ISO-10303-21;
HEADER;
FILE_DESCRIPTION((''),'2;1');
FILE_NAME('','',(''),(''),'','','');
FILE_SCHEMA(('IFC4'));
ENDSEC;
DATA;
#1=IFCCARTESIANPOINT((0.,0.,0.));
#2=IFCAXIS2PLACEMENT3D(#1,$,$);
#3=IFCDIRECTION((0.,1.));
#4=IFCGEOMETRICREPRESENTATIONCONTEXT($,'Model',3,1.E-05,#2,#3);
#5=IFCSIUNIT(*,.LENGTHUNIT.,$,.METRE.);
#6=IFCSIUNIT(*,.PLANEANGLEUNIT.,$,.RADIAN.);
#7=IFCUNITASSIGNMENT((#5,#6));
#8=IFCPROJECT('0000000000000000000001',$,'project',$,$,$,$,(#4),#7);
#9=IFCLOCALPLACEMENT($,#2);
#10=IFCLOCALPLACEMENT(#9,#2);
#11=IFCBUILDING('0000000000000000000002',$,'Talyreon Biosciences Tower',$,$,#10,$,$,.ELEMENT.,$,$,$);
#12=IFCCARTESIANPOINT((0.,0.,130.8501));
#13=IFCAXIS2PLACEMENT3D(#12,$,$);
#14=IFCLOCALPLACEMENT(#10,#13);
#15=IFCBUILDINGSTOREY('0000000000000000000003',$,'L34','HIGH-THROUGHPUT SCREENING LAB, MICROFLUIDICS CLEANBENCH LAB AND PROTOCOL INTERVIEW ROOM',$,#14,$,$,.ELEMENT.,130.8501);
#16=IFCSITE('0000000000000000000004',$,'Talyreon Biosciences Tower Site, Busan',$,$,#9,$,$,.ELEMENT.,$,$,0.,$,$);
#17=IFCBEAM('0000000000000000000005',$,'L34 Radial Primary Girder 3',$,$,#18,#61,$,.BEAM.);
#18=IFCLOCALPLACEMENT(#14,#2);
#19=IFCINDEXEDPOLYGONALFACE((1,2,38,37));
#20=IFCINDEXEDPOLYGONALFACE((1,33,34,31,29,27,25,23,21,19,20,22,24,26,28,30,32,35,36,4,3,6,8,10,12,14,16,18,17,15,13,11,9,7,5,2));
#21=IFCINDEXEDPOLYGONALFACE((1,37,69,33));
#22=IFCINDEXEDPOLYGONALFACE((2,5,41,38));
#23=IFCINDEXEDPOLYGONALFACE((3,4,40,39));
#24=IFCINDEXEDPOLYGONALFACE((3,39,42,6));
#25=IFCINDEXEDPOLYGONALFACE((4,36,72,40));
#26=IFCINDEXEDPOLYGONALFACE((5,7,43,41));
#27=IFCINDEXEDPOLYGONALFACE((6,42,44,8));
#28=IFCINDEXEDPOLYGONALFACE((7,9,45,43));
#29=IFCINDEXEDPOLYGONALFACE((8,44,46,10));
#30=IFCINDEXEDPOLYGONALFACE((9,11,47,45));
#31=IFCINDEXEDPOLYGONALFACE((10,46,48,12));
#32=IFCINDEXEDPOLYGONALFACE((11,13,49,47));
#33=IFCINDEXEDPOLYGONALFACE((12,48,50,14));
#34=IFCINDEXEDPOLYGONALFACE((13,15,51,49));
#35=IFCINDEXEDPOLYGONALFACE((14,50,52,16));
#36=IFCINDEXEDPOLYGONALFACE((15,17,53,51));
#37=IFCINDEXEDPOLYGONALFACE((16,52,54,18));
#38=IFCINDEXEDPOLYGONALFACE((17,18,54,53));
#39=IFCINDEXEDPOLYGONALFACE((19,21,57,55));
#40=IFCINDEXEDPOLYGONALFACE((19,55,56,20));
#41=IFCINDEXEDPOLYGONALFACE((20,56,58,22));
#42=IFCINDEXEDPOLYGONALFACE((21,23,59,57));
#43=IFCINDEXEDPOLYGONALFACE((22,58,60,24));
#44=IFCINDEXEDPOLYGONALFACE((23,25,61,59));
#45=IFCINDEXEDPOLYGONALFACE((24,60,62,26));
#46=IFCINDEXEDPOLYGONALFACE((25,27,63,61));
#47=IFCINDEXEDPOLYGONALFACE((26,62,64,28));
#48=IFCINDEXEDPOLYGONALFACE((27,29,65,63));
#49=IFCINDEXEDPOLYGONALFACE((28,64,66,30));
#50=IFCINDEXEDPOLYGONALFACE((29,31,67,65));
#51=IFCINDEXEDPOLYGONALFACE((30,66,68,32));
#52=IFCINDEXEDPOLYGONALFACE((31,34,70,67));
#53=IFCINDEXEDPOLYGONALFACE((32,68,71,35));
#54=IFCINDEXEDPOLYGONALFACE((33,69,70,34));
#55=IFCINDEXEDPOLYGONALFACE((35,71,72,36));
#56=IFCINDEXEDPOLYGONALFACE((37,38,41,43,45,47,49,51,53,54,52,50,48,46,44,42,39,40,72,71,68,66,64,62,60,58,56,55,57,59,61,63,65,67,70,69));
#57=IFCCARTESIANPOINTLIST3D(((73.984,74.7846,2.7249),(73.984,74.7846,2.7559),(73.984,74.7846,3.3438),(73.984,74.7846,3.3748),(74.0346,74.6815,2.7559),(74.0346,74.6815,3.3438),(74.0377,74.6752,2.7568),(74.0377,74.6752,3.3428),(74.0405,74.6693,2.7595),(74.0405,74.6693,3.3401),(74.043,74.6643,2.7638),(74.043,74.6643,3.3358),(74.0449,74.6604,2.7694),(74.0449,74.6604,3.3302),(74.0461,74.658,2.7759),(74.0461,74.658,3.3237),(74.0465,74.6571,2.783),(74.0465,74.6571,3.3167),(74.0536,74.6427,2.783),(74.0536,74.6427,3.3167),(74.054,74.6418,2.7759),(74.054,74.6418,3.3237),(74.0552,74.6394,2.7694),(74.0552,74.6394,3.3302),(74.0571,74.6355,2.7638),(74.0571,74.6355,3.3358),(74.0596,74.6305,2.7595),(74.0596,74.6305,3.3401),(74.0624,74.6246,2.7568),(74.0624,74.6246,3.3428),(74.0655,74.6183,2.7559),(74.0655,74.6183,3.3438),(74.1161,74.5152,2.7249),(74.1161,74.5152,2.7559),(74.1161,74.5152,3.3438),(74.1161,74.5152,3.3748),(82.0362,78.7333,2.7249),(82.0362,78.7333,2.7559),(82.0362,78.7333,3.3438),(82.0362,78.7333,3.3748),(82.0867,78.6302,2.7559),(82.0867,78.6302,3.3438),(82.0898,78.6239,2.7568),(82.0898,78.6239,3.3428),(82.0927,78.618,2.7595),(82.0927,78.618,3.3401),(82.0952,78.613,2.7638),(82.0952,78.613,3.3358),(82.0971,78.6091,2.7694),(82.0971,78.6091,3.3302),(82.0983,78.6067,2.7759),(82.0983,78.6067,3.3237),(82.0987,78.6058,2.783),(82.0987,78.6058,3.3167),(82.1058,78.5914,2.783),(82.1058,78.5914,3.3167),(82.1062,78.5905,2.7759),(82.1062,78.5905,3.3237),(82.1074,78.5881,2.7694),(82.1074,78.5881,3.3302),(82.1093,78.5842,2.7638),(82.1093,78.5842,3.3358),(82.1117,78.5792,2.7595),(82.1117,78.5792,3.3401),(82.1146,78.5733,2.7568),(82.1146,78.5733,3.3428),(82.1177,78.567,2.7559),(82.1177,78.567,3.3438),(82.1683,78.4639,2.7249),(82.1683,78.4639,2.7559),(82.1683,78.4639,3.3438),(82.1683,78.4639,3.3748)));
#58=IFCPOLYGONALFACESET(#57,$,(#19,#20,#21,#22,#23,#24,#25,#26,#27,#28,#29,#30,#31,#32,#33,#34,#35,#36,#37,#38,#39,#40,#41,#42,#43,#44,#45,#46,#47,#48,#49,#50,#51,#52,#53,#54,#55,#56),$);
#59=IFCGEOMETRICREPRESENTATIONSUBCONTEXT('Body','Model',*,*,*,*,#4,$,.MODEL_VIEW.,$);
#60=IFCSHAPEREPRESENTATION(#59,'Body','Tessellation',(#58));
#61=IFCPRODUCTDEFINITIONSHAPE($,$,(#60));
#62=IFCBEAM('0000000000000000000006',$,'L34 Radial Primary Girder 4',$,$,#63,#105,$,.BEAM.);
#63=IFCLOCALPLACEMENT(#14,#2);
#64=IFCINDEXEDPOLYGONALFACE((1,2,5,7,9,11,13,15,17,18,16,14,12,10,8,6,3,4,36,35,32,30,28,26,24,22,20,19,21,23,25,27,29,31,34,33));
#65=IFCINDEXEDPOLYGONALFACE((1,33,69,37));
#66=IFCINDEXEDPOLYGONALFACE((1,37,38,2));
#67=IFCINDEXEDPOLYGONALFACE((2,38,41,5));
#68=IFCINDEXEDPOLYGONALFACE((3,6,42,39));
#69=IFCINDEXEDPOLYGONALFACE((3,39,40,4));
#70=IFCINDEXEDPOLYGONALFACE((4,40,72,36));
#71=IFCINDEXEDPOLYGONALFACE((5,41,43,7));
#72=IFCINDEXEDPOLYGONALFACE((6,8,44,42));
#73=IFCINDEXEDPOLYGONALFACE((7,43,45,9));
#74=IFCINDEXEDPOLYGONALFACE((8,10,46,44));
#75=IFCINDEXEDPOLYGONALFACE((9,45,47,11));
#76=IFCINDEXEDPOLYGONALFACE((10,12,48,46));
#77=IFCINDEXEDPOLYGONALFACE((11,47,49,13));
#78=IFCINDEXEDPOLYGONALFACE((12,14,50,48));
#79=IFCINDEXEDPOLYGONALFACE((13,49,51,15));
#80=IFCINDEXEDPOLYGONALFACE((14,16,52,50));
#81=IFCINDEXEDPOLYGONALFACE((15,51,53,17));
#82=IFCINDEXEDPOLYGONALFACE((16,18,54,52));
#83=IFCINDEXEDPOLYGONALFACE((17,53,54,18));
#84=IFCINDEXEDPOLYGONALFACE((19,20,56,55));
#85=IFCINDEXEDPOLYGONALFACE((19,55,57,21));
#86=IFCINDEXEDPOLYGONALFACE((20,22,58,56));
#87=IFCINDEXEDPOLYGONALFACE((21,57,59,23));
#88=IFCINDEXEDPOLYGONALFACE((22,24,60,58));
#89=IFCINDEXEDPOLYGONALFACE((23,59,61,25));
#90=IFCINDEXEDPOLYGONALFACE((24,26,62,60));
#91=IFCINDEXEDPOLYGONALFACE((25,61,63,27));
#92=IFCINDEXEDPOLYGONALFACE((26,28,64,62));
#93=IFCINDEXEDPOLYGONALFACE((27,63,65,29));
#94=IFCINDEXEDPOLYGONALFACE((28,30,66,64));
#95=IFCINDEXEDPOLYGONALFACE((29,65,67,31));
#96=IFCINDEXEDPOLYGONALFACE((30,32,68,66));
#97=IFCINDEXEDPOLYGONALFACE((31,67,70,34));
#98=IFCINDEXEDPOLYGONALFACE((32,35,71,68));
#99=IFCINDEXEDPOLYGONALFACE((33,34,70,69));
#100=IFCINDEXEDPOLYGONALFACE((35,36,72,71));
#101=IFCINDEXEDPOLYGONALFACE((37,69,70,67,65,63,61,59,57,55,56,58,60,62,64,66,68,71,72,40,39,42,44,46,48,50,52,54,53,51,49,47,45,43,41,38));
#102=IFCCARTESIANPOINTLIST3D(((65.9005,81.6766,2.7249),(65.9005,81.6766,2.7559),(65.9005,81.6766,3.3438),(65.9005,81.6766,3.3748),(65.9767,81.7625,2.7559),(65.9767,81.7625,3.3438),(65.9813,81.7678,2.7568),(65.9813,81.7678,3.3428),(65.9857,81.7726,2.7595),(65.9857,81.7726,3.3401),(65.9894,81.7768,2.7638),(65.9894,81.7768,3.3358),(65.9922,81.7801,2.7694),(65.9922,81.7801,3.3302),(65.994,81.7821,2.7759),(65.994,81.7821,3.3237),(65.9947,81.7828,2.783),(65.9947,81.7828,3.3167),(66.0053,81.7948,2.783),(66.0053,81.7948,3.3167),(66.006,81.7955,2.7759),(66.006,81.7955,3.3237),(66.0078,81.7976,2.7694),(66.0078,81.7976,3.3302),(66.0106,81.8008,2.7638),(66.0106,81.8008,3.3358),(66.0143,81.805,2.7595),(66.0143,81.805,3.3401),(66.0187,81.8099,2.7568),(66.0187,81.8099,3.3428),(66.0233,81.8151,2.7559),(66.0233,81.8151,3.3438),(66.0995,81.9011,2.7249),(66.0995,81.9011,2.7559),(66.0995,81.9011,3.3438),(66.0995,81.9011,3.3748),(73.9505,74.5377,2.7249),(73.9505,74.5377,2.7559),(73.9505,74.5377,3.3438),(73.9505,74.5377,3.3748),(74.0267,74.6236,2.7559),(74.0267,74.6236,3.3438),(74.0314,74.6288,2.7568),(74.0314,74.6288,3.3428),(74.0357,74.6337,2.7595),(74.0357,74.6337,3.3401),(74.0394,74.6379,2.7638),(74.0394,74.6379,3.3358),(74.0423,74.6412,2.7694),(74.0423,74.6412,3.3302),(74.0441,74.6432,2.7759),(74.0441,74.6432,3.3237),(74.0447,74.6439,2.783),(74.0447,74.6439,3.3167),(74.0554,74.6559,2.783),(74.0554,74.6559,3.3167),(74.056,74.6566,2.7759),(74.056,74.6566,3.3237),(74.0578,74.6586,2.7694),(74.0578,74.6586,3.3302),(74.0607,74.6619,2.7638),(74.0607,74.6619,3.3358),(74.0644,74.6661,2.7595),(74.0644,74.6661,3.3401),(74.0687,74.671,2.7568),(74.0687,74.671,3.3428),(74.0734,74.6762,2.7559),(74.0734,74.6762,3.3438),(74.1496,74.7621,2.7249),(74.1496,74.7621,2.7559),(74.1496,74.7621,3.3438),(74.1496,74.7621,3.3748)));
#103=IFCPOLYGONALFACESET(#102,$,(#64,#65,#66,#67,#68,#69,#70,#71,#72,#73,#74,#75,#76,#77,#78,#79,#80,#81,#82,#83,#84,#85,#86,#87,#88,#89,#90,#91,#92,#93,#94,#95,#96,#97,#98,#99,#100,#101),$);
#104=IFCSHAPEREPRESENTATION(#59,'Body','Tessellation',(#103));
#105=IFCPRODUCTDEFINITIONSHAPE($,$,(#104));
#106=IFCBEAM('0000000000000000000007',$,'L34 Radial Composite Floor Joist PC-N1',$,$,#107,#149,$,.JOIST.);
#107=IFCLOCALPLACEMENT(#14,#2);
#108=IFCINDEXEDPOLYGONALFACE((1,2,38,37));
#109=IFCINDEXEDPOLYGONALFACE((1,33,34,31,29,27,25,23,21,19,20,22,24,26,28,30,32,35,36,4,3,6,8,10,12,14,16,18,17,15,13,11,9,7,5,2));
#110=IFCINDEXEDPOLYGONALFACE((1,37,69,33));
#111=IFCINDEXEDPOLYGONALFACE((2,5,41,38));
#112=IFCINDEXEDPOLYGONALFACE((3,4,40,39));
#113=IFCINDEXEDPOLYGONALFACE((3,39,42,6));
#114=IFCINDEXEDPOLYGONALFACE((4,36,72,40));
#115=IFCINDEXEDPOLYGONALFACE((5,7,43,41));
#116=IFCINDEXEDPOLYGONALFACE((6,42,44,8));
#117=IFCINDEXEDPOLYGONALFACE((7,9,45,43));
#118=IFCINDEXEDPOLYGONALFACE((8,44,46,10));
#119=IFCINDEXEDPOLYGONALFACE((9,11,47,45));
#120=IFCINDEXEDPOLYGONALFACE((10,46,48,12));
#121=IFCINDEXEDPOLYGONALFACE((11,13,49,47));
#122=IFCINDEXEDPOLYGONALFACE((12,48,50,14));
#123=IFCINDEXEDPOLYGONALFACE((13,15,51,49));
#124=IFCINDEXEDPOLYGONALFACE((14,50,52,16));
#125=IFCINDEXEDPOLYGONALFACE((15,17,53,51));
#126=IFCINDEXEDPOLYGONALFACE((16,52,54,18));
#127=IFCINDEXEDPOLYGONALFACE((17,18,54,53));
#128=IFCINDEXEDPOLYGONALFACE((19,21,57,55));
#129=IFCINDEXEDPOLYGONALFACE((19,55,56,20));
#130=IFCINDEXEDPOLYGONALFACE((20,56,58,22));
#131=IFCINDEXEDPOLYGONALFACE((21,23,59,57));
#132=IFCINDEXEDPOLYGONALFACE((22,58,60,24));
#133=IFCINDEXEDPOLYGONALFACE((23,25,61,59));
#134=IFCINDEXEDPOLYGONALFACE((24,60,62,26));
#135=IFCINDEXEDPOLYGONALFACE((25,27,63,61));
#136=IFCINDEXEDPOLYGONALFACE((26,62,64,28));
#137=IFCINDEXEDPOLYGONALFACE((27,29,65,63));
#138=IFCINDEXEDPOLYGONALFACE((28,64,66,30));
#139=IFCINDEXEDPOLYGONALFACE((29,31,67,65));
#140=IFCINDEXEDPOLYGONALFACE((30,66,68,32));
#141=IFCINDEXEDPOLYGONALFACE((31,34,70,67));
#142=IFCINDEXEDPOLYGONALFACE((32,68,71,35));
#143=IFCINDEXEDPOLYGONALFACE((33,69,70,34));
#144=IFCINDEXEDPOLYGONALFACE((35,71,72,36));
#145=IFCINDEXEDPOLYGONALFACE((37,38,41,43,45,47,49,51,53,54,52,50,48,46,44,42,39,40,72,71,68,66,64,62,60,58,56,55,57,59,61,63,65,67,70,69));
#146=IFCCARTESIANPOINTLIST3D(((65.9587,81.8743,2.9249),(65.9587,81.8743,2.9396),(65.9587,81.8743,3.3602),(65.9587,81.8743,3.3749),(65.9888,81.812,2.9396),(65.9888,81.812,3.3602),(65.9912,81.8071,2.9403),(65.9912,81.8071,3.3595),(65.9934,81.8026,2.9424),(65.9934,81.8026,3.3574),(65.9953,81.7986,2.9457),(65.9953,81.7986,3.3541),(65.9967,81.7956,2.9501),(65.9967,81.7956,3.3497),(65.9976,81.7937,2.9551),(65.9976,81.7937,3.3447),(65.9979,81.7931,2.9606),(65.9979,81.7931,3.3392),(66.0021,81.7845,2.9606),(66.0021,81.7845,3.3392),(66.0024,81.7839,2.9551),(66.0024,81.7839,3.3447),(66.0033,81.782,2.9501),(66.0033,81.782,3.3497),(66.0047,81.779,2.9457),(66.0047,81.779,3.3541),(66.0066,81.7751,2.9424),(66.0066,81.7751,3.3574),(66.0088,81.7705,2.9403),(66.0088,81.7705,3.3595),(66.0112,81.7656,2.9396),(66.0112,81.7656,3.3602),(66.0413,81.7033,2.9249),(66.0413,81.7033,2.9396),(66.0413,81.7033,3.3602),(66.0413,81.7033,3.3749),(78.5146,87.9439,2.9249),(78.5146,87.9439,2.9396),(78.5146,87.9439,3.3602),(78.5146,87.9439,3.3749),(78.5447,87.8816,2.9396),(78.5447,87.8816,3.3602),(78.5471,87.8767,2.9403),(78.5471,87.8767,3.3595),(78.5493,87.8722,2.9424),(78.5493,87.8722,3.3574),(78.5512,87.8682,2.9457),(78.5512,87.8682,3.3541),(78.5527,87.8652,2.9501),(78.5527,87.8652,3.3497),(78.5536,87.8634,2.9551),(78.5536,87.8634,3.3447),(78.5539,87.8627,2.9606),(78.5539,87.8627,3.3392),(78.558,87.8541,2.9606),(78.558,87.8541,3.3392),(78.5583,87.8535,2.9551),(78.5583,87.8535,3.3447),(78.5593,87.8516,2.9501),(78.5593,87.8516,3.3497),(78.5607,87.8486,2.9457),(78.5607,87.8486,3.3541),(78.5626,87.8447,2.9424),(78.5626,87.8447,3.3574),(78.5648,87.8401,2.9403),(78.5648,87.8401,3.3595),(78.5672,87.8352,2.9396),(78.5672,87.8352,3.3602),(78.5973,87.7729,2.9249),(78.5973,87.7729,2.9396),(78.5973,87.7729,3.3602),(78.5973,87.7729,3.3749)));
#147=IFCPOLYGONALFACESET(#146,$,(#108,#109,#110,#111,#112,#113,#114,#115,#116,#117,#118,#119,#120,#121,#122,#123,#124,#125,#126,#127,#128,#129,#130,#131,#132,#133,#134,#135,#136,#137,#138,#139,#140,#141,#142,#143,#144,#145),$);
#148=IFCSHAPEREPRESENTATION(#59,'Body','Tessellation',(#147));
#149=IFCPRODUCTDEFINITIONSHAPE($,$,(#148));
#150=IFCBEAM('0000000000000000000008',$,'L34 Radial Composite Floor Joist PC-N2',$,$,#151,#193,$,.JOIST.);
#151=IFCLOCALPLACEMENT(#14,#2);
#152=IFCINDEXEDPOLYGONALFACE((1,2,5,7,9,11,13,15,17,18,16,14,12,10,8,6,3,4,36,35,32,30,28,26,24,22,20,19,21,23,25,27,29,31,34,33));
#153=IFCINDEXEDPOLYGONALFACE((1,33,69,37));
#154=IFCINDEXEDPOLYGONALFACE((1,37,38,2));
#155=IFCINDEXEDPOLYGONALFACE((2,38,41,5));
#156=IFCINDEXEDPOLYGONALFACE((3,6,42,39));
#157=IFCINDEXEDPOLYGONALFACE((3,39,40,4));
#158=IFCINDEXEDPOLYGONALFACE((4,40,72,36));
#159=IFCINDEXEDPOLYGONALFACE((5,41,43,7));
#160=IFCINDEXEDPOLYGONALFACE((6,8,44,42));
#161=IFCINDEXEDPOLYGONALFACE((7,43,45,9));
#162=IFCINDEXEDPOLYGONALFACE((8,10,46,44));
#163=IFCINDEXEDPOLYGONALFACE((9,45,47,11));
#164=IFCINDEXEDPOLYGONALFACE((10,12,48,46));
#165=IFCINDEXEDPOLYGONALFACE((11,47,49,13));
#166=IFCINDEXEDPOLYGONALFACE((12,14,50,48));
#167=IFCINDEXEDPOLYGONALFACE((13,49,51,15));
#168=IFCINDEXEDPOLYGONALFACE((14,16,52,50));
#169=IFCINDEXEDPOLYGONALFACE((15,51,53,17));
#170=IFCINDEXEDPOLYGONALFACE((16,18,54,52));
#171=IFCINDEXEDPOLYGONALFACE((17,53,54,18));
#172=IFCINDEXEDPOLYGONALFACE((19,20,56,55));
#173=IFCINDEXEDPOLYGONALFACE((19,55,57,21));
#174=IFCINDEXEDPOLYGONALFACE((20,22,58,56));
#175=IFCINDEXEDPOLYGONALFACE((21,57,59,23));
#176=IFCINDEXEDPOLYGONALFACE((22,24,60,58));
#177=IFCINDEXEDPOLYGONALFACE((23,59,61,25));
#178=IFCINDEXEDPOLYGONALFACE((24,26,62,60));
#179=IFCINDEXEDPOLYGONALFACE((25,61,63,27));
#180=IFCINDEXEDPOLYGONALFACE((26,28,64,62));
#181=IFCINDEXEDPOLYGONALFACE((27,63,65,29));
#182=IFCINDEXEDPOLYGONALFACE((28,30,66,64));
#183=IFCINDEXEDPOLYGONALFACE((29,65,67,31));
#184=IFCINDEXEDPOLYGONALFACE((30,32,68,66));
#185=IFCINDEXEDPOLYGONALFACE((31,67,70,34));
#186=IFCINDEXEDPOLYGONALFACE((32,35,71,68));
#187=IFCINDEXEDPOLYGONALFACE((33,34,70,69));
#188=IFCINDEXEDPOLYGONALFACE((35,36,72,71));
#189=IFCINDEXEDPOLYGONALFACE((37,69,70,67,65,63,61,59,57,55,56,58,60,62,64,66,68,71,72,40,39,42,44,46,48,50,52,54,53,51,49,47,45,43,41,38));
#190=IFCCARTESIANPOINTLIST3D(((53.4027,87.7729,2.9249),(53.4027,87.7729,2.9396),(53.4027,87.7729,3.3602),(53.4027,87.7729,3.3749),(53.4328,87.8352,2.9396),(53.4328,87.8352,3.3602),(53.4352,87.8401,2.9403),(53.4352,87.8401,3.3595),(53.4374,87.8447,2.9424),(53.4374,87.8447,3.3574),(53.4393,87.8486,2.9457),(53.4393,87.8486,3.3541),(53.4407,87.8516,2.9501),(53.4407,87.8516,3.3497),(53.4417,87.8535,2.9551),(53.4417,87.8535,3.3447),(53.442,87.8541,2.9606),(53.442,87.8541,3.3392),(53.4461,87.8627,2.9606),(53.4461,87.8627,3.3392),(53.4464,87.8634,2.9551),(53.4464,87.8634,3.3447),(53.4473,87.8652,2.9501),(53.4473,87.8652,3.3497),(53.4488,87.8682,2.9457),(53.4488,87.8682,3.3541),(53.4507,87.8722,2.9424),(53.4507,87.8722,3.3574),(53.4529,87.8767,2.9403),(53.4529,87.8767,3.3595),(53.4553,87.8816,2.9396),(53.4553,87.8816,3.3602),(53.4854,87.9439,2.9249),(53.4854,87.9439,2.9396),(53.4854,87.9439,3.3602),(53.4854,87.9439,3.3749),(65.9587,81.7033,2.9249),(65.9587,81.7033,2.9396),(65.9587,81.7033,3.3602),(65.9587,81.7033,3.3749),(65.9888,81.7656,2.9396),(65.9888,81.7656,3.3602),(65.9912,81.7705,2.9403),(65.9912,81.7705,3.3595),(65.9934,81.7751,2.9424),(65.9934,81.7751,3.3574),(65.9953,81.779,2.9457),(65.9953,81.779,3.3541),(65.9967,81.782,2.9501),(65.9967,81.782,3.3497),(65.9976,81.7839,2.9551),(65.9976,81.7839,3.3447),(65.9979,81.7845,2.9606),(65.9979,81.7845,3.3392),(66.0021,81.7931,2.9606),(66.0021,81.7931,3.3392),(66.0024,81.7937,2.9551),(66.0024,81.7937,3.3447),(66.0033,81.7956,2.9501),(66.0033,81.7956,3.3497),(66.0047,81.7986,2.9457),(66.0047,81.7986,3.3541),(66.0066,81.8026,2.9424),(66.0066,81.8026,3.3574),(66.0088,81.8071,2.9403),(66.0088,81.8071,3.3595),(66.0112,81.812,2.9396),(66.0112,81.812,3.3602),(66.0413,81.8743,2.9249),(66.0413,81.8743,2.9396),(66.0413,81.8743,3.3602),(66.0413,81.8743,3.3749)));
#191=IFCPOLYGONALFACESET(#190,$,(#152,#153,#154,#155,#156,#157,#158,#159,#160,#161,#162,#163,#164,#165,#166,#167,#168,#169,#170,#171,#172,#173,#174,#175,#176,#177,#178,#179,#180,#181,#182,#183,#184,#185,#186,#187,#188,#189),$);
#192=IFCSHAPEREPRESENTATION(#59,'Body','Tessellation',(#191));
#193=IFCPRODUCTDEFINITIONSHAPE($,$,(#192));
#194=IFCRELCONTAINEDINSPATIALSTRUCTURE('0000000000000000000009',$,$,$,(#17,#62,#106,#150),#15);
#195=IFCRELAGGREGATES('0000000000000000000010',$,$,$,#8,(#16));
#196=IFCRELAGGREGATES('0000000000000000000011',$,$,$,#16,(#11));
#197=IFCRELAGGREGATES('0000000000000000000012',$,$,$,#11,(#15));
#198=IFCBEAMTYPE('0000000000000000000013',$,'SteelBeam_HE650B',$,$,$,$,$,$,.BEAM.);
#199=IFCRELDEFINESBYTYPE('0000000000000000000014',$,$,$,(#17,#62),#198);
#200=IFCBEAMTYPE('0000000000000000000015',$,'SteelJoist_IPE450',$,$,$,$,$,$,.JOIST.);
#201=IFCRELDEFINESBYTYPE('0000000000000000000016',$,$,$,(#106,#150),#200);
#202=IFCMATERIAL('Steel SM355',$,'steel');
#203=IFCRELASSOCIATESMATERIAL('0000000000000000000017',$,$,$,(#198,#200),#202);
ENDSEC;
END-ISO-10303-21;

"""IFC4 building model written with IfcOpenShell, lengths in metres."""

from ifc_helpers import new_model, si_unit, direction, frame, origin, origin_2d, place, context, subcontext, project, spatial, i_section, extrude, material, material_profile, profile_set, type_object, element, save


model = new_model("IFC4")

# Units and contexts
model_context = context("Model", 3, precision=1e-05, world=origin(), true_north=direction((0.0, 1.0)))
body_context = subcontext(model_context, "Body", "Model", "MODEL_VIEW")
ifc_project = project(units=[si_unit("LENGTHUNIT", "METRE"), si_unit("PLANEANGLEUNIT", "RADIAN")], contexts=[model_context])

# Site, building, storey
site_placement = place(None, origin())
site = spatial("IfcSite", under=ifc_project, at=site_placement, Name="Talyreon Biosciences Tower Site, Busan", CompositionType="ELEMENT", RefElevation=0.0)
building_placement = place(site_placement, origin())
building = spatial("IfcBuilding", under=site, at=building_placement, Name="Talyreon Biosciences Tower", CompositionType="ELEMENT")
storey_placement = place(building_placement, frame((0.0, 0.0, 130.8501)))
storey = spatial("IfcBuildingStorey", under=building, at=storey_placement, Name="L34", Description="HIGH-THROUGHPUT SCREENING LAB, MICROFLUIDICS CLEANBENCH LAB AND PROTOCOL INTERVIEW ROOM", CompositionType="ELEMENT", Elevation=130.8501)

# Beams
ifc_material_1 = material(Name="Steel SM355", Category="steel")
ifc_material_profile_1 = material_profile(ifc_material_1, i_section(OverallWidth=0.3, OverallDepth=0.6499, WebThickness=0.0161, FlangeThickness=0.031, FilletRadius=0.0271, at=origin_2d()), Name="HE650B")
ifc_profile_set_1 = profile_set([ifc_material_profile_1], Name="Steel SM355")
beam_type_1 = type_object("IfcBeamType", Name="SteelBeam_HE650B", PredefinedType="BEAM", material=ifc_profile_set_1)
beam_1_placement = place(storey_placement, frame((74.05, 74.6499, 3.0498), z_axis=(0.897852, 0.440297, 0.0), x_axis=(-0.440297, 0.897852, 0.0)))
element("IfcBeam", 1, at=beam_1_placement, inside=storey, type_object=beam_type_1, Name="L34 Radial Primary Girder 3", PredefinedType="BEAM", context=body_context, shape_type="SweptSolid", body=[
    extrude(i_section(OverallWidth=0.3, OverallDepth=0.6499, WebThickness=0.0161, FlangeThickness=0.031, FilletRadius=0.0271, at=origin_2d()), origin(), (0.0, 0.0, 1.0), 8.9683),
])
beam_2_placement = place(storey_placement, frame((74.05, 74.6499, 3.0498), z_axis=(-0.748179, 0.663497, 0.0), x_axis=(-0.663497, -0.748179, 0.0)))
element("IfcBeam", 2, at=beam_2_placement, inside=storey, type_object=beam_type_1, Name="L34 Radial Primary Girder 4", PredefinedType="BEAM", context=body_context, shape_type="SweptSolid", body=[
    extrude(i_section(OverallWidth=0.3, OverallDepth=0.6499, WebThickness=0.0161, FlangeThickness=0.031, FilletRadius=0.0271, at=origin_2d()), origin(), (0.0, 0.0, 1.0), 10.7595),
])
ifc_material_profile_2 = material_profile(ifc_material_1, i_section(OverallWidth=0.1899, OverallDepth=0.45, WebThickness=0.0095, FlangeThickness=0.0146, FilletRadius=0.021, at=origin_2d()), Name="IPE450")
ifc_profile_set_2 = profile_set([ifc_material_profile_2], Name="Steel SM355")
beam_type_2 = type_object("IfcBeamType", Name="SteelJoist_IPE450", PredefinedType="JOIST", material=ifc_profile_set_2)
for number, where, z_axis, x_axis, name in (
    (3, (66.0, 81.7888, 3.1499), (0.900324, 0.43522, 0.0), (-0.43522, 0.900324, 0.0), "L34 Radial Composite Floor Joist PC-N1"),
    (4, (66.0, 81.7888, 3.1499), (-0.900324, 0.43522, 0.0), (-0.43522, -0.900324, 0.0), "L34 Radial Composite Floor Joist PC-N2"),
):
    element("IfcBeam", number, at=place(storey_placement, frame(where, z_axis=z_axis, x_axis=x_axis)), inside=storey, type_object=beam_type_2, Name=name, PredefinedType="JOIST", context=body_context, shape_type="SweptSolid", body=[
        extrude(i_section(OverallWidth=0.1899, OverallDepth=0.45, WebThickness=0.0095, FlangeThickness=0.0146, FilletRadius=0.021, at=origin_2d()), origin(), (0.0, 0.0, 1.0), 13.946),
    ])

save(model, "model.ifc")
